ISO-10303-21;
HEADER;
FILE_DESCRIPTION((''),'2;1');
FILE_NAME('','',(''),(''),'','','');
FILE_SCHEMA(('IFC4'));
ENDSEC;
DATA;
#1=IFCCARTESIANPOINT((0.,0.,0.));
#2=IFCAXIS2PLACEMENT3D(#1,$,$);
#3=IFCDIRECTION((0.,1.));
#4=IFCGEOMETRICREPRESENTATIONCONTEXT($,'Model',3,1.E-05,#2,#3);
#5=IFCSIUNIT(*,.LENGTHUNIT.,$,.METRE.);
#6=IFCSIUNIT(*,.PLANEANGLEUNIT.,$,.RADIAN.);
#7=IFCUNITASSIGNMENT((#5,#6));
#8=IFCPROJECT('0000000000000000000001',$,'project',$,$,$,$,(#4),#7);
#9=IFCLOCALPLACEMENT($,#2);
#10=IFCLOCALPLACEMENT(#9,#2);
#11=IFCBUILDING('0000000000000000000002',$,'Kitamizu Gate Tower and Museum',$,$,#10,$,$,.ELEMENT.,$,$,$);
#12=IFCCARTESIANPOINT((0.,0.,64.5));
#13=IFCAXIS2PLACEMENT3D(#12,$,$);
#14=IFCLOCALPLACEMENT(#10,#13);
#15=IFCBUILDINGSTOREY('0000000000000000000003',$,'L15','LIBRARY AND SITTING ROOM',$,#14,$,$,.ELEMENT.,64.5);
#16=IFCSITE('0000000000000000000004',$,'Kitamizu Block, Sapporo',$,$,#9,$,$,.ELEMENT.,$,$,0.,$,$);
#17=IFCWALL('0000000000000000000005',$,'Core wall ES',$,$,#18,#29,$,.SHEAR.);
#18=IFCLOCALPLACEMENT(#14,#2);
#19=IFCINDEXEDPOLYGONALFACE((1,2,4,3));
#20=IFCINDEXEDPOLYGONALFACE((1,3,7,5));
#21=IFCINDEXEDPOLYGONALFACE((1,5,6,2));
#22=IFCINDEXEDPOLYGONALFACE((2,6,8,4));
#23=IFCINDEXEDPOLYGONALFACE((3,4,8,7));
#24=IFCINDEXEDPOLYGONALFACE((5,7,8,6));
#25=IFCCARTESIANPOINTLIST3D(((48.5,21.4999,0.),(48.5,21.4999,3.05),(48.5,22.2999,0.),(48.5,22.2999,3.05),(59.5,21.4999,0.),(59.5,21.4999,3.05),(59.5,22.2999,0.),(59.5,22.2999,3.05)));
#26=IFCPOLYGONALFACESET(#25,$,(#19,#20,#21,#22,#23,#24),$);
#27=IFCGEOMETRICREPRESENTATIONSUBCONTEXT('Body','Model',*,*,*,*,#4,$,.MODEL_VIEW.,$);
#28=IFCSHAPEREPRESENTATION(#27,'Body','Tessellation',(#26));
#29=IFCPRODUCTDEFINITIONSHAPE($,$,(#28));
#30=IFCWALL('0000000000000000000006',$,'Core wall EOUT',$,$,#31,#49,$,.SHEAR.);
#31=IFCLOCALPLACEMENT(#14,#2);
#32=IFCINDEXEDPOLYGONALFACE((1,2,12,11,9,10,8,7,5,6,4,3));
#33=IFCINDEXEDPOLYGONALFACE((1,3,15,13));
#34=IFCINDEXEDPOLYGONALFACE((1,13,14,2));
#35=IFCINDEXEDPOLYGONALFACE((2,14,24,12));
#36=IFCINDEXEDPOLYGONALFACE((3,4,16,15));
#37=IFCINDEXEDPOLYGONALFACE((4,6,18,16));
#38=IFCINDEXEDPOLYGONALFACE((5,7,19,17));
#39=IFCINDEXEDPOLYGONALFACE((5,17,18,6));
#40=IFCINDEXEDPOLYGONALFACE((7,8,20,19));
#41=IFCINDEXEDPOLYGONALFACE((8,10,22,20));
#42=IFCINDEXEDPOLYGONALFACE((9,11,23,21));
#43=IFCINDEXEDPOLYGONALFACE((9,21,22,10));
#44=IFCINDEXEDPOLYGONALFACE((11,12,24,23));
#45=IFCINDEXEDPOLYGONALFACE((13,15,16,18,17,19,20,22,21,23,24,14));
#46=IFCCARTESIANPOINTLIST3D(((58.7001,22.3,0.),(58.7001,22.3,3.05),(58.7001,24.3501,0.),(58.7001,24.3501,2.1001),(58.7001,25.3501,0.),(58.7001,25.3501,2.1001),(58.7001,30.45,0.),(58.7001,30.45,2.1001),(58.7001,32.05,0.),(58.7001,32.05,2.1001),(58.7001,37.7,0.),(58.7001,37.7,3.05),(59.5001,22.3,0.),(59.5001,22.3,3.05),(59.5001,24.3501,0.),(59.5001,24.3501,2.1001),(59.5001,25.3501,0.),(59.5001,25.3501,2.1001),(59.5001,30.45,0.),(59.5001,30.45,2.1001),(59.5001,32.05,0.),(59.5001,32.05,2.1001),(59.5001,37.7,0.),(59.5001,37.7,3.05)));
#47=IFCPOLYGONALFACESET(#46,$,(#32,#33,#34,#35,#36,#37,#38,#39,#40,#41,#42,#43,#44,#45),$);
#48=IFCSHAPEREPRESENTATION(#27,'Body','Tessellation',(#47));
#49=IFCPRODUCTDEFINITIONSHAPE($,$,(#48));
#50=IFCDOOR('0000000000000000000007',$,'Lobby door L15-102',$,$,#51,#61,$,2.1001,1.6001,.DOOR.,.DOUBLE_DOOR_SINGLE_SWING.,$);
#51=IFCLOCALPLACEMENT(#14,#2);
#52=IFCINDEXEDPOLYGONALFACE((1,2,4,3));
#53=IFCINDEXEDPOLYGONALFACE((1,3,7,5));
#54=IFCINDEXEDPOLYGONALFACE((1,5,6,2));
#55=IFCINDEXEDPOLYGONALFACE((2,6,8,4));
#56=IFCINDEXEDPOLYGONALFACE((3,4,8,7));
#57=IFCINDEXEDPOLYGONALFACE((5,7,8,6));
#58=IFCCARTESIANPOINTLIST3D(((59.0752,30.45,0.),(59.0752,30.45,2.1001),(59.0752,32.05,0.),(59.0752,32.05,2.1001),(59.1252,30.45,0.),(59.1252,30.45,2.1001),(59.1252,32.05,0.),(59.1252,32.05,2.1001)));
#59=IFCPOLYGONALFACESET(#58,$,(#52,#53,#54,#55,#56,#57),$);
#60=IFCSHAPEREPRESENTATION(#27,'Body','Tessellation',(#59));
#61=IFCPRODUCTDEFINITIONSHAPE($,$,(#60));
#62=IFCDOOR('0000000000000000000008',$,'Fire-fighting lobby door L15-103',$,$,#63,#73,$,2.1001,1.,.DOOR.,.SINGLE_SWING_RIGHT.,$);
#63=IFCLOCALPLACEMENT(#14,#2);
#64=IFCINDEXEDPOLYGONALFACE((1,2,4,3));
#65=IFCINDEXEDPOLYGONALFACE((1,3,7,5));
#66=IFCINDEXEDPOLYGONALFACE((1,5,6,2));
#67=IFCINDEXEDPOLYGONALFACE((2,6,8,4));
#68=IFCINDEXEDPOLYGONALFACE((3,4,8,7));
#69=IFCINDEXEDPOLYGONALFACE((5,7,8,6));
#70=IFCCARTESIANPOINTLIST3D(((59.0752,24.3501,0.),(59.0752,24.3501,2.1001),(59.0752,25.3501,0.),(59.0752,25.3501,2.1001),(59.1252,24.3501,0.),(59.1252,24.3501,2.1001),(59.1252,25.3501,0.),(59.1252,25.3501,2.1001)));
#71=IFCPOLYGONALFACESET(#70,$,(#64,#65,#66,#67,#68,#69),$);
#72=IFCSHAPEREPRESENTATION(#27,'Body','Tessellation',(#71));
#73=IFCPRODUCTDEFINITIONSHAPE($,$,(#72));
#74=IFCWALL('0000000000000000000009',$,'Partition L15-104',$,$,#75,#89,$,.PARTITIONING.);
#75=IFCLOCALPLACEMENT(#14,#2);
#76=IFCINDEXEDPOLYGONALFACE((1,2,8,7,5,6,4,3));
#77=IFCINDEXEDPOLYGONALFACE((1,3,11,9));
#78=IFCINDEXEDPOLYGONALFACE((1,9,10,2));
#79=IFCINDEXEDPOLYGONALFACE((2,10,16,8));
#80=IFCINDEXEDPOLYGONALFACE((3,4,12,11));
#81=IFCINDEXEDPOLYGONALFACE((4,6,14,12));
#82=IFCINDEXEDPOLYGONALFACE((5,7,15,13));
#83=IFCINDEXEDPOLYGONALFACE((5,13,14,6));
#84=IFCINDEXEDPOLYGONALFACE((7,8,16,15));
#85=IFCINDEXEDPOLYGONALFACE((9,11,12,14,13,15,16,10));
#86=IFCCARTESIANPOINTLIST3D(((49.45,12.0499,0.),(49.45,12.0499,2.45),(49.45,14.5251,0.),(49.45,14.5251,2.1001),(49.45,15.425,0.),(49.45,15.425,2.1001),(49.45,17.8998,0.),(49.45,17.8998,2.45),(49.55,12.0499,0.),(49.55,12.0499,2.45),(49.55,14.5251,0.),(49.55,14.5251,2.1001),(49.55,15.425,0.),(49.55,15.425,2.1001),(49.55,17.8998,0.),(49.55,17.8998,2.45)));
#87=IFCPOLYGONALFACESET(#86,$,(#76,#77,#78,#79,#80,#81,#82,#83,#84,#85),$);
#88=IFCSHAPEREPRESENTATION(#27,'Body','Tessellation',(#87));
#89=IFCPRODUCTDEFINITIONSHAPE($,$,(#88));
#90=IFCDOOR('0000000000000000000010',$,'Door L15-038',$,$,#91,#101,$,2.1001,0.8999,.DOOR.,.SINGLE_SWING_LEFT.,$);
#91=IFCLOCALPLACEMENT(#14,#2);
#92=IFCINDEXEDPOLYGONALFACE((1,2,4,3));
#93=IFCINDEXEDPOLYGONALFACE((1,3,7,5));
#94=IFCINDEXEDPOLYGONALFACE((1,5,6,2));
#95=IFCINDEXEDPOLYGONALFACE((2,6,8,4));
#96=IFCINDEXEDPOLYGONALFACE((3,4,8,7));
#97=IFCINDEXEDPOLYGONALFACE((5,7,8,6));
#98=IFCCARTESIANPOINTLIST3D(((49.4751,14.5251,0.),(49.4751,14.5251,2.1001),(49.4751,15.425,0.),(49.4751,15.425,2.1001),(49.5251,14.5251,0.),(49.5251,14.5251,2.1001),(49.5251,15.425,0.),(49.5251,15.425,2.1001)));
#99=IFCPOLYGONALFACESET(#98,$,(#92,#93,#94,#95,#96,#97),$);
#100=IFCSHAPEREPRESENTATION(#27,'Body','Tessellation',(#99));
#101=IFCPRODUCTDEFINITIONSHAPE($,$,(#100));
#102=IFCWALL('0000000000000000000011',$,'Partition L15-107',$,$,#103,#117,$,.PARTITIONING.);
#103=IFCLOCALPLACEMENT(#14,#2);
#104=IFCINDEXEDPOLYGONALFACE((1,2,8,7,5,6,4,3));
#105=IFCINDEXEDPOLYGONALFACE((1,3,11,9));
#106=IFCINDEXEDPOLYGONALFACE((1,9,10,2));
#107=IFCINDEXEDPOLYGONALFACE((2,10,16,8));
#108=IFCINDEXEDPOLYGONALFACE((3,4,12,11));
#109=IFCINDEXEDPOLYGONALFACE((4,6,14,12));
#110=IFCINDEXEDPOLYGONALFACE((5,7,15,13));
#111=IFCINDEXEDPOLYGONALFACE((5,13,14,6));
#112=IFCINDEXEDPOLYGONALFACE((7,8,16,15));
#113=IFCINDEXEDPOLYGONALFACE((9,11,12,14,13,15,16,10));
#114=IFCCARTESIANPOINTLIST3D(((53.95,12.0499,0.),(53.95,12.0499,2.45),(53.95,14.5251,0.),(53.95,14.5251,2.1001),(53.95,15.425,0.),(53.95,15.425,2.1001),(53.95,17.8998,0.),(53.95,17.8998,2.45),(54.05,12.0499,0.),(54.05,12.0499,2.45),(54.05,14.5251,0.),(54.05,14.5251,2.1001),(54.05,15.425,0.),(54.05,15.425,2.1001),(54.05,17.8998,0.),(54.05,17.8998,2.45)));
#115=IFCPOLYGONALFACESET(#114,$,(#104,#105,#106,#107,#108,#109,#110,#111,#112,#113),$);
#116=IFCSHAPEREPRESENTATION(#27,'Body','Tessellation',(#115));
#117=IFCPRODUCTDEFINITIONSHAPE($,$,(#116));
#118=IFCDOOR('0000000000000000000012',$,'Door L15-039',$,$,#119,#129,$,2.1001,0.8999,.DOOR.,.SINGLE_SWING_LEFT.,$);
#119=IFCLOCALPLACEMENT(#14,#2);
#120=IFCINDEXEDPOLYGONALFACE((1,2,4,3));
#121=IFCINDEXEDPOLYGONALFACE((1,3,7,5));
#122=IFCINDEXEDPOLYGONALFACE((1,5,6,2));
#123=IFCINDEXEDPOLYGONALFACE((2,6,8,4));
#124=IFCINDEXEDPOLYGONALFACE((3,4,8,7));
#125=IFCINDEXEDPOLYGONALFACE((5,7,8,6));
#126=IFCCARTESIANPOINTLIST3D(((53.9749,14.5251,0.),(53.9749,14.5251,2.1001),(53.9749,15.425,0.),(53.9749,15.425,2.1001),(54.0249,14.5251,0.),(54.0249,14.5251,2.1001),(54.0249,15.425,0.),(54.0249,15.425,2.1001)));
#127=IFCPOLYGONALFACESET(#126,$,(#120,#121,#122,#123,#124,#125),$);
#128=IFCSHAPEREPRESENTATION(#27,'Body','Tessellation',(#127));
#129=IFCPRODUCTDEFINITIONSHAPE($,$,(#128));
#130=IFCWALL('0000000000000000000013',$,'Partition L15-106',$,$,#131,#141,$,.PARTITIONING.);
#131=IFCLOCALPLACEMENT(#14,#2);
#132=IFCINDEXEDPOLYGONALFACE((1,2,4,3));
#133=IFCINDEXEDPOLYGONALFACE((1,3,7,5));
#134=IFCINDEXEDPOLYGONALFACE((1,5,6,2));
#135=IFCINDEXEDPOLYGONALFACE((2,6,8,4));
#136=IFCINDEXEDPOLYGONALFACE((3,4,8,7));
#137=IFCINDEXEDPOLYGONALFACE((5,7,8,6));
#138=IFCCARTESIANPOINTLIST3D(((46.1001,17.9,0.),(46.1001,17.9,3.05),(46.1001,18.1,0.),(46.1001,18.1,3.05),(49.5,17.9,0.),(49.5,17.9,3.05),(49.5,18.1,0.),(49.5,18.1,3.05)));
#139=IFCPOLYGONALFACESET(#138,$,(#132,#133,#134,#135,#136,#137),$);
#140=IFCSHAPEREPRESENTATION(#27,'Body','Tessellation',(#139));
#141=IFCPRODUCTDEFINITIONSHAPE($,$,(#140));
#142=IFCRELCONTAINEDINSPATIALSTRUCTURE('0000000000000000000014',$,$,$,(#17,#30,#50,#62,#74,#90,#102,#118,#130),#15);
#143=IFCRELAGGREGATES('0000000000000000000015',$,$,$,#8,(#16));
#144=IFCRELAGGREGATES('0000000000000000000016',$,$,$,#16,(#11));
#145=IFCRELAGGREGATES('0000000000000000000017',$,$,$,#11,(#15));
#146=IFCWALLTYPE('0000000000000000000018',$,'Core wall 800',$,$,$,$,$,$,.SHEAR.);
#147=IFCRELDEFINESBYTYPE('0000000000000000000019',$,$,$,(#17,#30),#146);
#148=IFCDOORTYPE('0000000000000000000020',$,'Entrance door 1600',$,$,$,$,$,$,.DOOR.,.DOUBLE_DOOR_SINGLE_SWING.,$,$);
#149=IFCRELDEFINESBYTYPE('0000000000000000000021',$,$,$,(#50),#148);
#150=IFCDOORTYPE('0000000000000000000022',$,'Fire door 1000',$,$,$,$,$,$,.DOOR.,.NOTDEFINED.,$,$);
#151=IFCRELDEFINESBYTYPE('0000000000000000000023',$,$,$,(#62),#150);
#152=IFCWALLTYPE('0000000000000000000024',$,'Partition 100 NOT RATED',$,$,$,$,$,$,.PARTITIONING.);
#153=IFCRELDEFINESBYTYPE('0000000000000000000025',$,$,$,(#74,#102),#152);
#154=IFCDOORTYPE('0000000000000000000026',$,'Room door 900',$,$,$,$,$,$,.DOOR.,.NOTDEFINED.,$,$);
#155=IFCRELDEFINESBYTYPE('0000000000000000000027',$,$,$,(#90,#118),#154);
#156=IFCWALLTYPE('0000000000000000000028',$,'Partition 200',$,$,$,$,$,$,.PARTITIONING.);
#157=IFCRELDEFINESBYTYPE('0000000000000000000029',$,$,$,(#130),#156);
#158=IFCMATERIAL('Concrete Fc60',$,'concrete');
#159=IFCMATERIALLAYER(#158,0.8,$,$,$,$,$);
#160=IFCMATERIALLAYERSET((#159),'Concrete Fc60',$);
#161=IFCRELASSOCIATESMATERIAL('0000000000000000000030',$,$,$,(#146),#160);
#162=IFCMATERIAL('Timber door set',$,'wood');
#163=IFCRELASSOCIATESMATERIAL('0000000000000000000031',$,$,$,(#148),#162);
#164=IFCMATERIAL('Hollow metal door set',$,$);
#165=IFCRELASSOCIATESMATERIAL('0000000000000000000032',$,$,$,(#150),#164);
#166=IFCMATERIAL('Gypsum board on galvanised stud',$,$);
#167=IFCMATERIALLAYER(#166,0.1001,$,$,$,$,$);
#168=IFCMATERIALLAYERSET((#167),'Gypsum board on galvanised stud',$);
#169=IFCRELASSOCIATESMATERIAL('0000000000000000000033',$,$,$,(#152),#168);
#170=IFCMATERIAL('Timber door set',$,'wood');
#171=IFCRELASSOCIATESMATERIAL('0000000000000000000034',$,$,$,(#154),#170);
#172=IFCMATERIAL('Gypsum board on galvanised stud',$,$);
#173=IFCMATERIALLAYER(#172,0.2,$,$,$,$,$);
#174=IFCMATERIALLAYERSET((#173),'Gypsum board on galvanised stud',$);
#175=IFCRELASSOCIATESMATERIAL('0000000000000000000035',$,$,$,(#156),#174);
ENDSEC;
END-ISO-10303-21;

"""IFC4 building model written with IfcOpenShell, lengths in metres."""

from ifc_helpers import new_model, si_unit, direction, frame, frame_2d, origin, place, context, subcontext, project, spatial, rectangle, extrude, material, layer, layer_set, type_object, element, fill, save


model = new_model("IFC4")

# Units and contexts
model_context = context("Model", 3, precision=1e-05, world=origin(), true_north=direction((0.0, 1.0)))
body_context = subcontext(model_context, "Body", "Model", "MODEL_VIEW")
ifc_project = project(units=[si_unit("LENGTHUNIT", "METRE"), si_unit("PLANEANGLEUNIT", "RADIAN")], contexts=[model_context])

# Site, building, storey
site_placement = place(None, origin())
site = spatial("IfcSite", under=ifc_project, at=site_placement, Name="Kitamizu Block, Sapporo", CompositionType="ELEMENT", RefElevation=0.0)
building_placement = place(site_placement, origin())
building = spatial("IfcBuilding", under=site, at=building_placement, Name="Kitamizu Gate Tower and Museum", CompositionType="ELEMENT")
storey_placement = place(building_placement, frame((0.0, 0.0, 64.5)))
storey = spatial("IfcBuildingStorey", under=building, at=storey_placement, Name="L15", Description="LIBRARY AND SITTING ROOM", CompositionType="ELEMENT", Elevation=64.5)

# Wall
ifc_material_1 = material(Name="Concrete Fc60", Category="concrete")
ifc_layer_1 = layer(ifc_material_1, 0.8)
ifc_layer_set_1 = layer_set([ifc_layer_1], Name="Concrete Fc60")
wall_type_1 = type_object("IfcWallType", Name="Core wall 800", PredefinedType="SHEAR", material=ifc_layer_set_1)
wall_1_placement = place(storey_placement, frame((59.5, 21.8999, 0.0), z_axis=(0.0, 0.0, 1.0), x_axis=(-1.0, 0.0, 0.0)))
element("IfcWall", 1, at=wall_1_placement, inside=storey, type_object=wall_type_1, Name="Core wall ES", PredefinedType="SHEAR", context=body_context, shape_type="SweptSolid", body=[
    extrude(rectangle(XDim=11.0, YDim=0.8, at=frame_2d((5.5, 0.0))), origin(), (0.0, 0.0, 1.0), 3.05),
])

# Wall, openings, doors
wall_2_placement = place(storey_placement, frame((59.1001, 22.3, 0.0), z_axis=(0.0, 0.0, 1.0), x_axis=(0.0, 1.0, 0.0)))
wall_2 = element("IfcWall", 2, at=wall_2_placement, inside=storey, type_object=wall_type_1, Name="Core wall EOUT", PredefinedType="SHEAR", context=body_context, shape_type="SweptSolid", body=[
    extrude(rectangle(XDim=15.3999, YDim=0.8, at=frame_2d((7.7, 0.0))), origin(), (0.0, 0.0, 1.0), 3.05),
])
opening_1_placement = place(wall_2_placement, frame((8.1499, 0.0, 0.0)))
opening_1 = element("IfcOpeningElement", 3, at=opening_1_placement, cuts=wall_2, PredefinedType="OPENING", context=body_context, shape_type="SweptSolid", body=[
    extrude(rectangle(XDim=1.6001, YDim=2.1001, at=frame_2d((0.8, 1.05))), frame((0.0, 0.4102, 0.0), z_axis=(0.0, -1.0, 0.0), x_axis=(1.0, 0.0, 0.0)), (0.0, 0.0, 1.0), 0.8201),
])
opening_2_placement = place(wall_2_placement, frame((2.05, 0.0, 0.0)))
opening_2 = element("IfcOpeningElement", 4, at=opening_2_placement, cuts=wall_2, PredefinedType="OPENING", context=body_context, shape_type="SweptSolid", body=[
    extrude(rectangle(XDim=1.0, YDim=2.1001, at=frame_2d((0.5, 1.05))), frame((0.0, 0.4102, 0.0), z_axis=(0.0, -1.0, 0.0), x_axis=(1.0, 0.0, 0.0)), (0.0, 0.0, 1.0), 0.8201),
])
ifc_material_2 = material(Name="Timber door set", Category="wood")
door_type_1 = type_object("IfcDoorType", Name="Entrance door 1600", OperationType="DOUBLE_DOOR_SINGLE_SWING", PredefinedType="DOOR", material=ifc_material_2)
door_1_placement = place(opening_1_placement, origin())
door_1 = element("IfcDoor", 5, at=door_1_placement, inside=storey, type_object=door_type_1, Name="Lobby door L15-102", OperationType="DOUBLE_DOOR_SINGLE_SWING", OverallHeight=2.1001, OverallWidth=1.6001, PredefinedType="DOOR", context=body_context, shape_type="SweptSolid", body=[
    extrude(rectangle(XDim=1.6001, YDim=2.1001, at=frame_2d((0.8, 1.05))), frame((0.0, 0.0249, 0.0), z_axis=(0.0, -1.0, 0.0), x_axis=(1.0, 0.0, 0.0)), (0.0, 0.0, 1.0), 0.05),
])
fill(opening_1, door_1)
ifc_material_3 = material(Name="Hollow metal door set")
door_type_2 = type_object("IfcDoorType", Name="Fire door 1000", OperationType="NOTDEFINED", PredefinedType="DOOR", material=ifc_material_3)
door_2_placement = place(opening_2_placement, origin())
door_2 = element("IfcDoor", 6, at=door_2_placement, inside=storey, type_object=door_type_2, Name="Fire-fighting lobby door L15-103", OperationType="SINGLE_SWING_RIGHT", OverallHeight=2.1001, OverallWidth=1.0, PredefinedType="DOOR", context=body_context, shape_type="SweptSolid", body=[
    extrude(rectangle(XDim=1.0, YDim=2.1001, at=frame_2d((0.5, 1.05))), frame((0.0, 0.0249, 0.0), z_axis=(0.0, -1.0, 0.0), x_axis=(1.0, 0.0, 0.0)), (0.0, 0.0, 1.0), 0.05),
])
fill(opening_2, door_2)

# Walls, openings, doors
ifc_material_4 = material(Name="Gypsum board on galvanised stud")
ifc_layer_2 = layer(ifc_material_4, 0.1001)
ifc_layer_set_2 = layer_set([ifc_layer_2], Name="Gypsum board on galvanised stud")
wall_type_2 = type_object("IfcWallType", Name="Partition 100 NOT RATED", PredefinedType="PARTITIONING", material=ifc_layer_set_2)
wall_3_placement = place(storey_placement, frame((49.5, 12.05, 0.0), z_axis=(0.0, 0.0, 1.0), x_axis=(0.0, 1.0, 0.0)))
wall_3 = element("IfcWall", 7, at=wall_3_placement, inside=storey, type_object=wall_type_2, Name="Partition L15-104", PredefinedType="PARTITIONING", context=body_context, shape_type="SweptSolid", body=[
    extrude(rectangle(XDim=5.8499, YDim=0.1001, at=frame_2d((2.9248, 0.0))), origin(), (0.0, 0.0, 1.0), 2.45),
])
opening_3_placement = place(wall_3_placement, frame((2.4751, 0.0, 0.0)))
opening_3 = element("IfcOpeningElement", 8, at=opening_3_placement, cuts=wall_3, PredefinedType="OPENING", context=body_context, shape_type="SweptSolid", body=[
    extrude(rectangle(XDim=0.8999, YDim=2.1001, at=frame_2d((0.45, 1.05))), frame((0.0, 0.0601, 0.0), z_axis=(0.0, -1.0, 0.0), x_axis=(1.0, 0.0, 0.0)), (0.0, 0.0, 1.0), 0.1201),
])
ifc_material_5 = material(Name="Timber door set", Category="wood")
door_type_3 = type_object("IfcDoorType", Name="Room door 900", OperationType="NOTDEFINED", PredefinedType="DOOR", material=ifc_material_5)
door_3_placement = place(opening_3_placement, origin())
door_3 = element("IfcDoor", 9, at=door_3_placement, inside=storey, type_object=door_type_3, Name="Door L15-038", OperationType="SINGLE_SWING_LEFT", OverallHeight=2.1001, OverallWidth=0.8999, PredefinedType="DOOR", context=body_context, shape_type="SweptSolid", body=[
    extrude(rectangle(XDim=0.8999, YDim=2.1001, at=frame_2d((0.45, 1.05))), frame((0.0, 0.0249, 0.0), z_axis=(0.0, -1.0, 0.0), x_axis=(1.0, 0.0, 0.0)), (0.0, 0.0, 1.0), 0.05),
])
fill(opening_3, door_3)
wall_4_placement = place(storey_placement, frame((54.0, 12.05, 0.0), z_axis=(0.0, 0.0, 1.0), x_axis=(0.0, 1.0, 0.0)))
wall_4 = element("IfcWall", 10, at=wall_4_placement, inside=storey, type_object=wall_type_2, Name="Partition L15-107", PredefinedType="PARTITIONING", context=body_context, shape_type="SweptSolid", body=[
    extrude(rectangle(XDim=5.8499, YDim=0.1001, at=frame_2d((2.9248, 0.0))), origin(), (0.0, 0.0, 1.0), 2.45),
])
opening_4_placement = place(wall_4_placement, frame((2.4751, 0.0, 0.0)))
opening_4 = element("IfcOpeningElement", 11, at=opening_4_placement, cuts=wall_4, PredefinedType="OPENING", context=body_context, shape_type="SweptSolid", body=[
    extrude(rectangle(XDim=0.8999, YDim=2.1001, at=frame_2d((0.45, 1.05))), frame((0.0, 0.0601, 0.0), z_axis=(0.0, -1.0, 0.0), x_axis=(1.0, 0.0, 0.0)), (0.0, 0.0, 1.0), 0.1201),
])
door_4_placement = place(opening_4_placement, frame((0.8999, 0.0, 0.0), x_axis=(-1.0, 0.0, 0.0)))
door_4 = element("IfcDoor", 12, at=door_4_placement, inside=storey, type_object=door_type_3, Name="Door L15-039", OperationType="SINGLE_SWING_LEFT", OverallHeight=2.1001, OverallWidth=0.8999, PredefinedType="DOOR", context=body_context, shape_type="SweptSolid", body=[
    extrude(rectangle(XDim=0.8999, YDim=2.1001, at=frame_2d((0.45, 1.05))), frame((0.0, 0.0249, 0.0), z_axis=(0.0, -1.0, 0.0), x_axis=(1.0, 0.0, 0.0)), (0.0, 0.0, 1.0), 0.05),
])
fill(opening_4, door_4)

# Wall
ifc_material_6 = material(Name="Gypsum board on galvanised stud")
ifc_layer_3 = layer(ifc_material_6, 0.2)
ifc_layer_set_3 = layer_set([ifc_layer_3], Name="Gypsum board on galvanised stud")
wall_type_3 = type_object("IfcWallType", Name="Partition 200", PredefinedType="PARTITIONING", material=ifc_layer_set_3)
wall_5_placement = place(storey_placement, frame((49.5, 18.0, 0.0), z_axis=(0.0, 0.0, 1.0), x_axis=(-1.0, 0.0, 0.0)))
element("IfcWall", 13, at=wall_5_placement, inside=storey, type_object=wall_type_3, Name="Partition L15-106", PredefinedType="PARTITIONING", context=body_context, shape_type="SweptSolid", body=[
    extrude(rectangle(XDim=3.3999, YDim=0.2, at=frame_2d((1.7, 0.0))), origin(), (0.0, 0.0, 1.0), 3.05),
])

save(model, "model.ifc")
